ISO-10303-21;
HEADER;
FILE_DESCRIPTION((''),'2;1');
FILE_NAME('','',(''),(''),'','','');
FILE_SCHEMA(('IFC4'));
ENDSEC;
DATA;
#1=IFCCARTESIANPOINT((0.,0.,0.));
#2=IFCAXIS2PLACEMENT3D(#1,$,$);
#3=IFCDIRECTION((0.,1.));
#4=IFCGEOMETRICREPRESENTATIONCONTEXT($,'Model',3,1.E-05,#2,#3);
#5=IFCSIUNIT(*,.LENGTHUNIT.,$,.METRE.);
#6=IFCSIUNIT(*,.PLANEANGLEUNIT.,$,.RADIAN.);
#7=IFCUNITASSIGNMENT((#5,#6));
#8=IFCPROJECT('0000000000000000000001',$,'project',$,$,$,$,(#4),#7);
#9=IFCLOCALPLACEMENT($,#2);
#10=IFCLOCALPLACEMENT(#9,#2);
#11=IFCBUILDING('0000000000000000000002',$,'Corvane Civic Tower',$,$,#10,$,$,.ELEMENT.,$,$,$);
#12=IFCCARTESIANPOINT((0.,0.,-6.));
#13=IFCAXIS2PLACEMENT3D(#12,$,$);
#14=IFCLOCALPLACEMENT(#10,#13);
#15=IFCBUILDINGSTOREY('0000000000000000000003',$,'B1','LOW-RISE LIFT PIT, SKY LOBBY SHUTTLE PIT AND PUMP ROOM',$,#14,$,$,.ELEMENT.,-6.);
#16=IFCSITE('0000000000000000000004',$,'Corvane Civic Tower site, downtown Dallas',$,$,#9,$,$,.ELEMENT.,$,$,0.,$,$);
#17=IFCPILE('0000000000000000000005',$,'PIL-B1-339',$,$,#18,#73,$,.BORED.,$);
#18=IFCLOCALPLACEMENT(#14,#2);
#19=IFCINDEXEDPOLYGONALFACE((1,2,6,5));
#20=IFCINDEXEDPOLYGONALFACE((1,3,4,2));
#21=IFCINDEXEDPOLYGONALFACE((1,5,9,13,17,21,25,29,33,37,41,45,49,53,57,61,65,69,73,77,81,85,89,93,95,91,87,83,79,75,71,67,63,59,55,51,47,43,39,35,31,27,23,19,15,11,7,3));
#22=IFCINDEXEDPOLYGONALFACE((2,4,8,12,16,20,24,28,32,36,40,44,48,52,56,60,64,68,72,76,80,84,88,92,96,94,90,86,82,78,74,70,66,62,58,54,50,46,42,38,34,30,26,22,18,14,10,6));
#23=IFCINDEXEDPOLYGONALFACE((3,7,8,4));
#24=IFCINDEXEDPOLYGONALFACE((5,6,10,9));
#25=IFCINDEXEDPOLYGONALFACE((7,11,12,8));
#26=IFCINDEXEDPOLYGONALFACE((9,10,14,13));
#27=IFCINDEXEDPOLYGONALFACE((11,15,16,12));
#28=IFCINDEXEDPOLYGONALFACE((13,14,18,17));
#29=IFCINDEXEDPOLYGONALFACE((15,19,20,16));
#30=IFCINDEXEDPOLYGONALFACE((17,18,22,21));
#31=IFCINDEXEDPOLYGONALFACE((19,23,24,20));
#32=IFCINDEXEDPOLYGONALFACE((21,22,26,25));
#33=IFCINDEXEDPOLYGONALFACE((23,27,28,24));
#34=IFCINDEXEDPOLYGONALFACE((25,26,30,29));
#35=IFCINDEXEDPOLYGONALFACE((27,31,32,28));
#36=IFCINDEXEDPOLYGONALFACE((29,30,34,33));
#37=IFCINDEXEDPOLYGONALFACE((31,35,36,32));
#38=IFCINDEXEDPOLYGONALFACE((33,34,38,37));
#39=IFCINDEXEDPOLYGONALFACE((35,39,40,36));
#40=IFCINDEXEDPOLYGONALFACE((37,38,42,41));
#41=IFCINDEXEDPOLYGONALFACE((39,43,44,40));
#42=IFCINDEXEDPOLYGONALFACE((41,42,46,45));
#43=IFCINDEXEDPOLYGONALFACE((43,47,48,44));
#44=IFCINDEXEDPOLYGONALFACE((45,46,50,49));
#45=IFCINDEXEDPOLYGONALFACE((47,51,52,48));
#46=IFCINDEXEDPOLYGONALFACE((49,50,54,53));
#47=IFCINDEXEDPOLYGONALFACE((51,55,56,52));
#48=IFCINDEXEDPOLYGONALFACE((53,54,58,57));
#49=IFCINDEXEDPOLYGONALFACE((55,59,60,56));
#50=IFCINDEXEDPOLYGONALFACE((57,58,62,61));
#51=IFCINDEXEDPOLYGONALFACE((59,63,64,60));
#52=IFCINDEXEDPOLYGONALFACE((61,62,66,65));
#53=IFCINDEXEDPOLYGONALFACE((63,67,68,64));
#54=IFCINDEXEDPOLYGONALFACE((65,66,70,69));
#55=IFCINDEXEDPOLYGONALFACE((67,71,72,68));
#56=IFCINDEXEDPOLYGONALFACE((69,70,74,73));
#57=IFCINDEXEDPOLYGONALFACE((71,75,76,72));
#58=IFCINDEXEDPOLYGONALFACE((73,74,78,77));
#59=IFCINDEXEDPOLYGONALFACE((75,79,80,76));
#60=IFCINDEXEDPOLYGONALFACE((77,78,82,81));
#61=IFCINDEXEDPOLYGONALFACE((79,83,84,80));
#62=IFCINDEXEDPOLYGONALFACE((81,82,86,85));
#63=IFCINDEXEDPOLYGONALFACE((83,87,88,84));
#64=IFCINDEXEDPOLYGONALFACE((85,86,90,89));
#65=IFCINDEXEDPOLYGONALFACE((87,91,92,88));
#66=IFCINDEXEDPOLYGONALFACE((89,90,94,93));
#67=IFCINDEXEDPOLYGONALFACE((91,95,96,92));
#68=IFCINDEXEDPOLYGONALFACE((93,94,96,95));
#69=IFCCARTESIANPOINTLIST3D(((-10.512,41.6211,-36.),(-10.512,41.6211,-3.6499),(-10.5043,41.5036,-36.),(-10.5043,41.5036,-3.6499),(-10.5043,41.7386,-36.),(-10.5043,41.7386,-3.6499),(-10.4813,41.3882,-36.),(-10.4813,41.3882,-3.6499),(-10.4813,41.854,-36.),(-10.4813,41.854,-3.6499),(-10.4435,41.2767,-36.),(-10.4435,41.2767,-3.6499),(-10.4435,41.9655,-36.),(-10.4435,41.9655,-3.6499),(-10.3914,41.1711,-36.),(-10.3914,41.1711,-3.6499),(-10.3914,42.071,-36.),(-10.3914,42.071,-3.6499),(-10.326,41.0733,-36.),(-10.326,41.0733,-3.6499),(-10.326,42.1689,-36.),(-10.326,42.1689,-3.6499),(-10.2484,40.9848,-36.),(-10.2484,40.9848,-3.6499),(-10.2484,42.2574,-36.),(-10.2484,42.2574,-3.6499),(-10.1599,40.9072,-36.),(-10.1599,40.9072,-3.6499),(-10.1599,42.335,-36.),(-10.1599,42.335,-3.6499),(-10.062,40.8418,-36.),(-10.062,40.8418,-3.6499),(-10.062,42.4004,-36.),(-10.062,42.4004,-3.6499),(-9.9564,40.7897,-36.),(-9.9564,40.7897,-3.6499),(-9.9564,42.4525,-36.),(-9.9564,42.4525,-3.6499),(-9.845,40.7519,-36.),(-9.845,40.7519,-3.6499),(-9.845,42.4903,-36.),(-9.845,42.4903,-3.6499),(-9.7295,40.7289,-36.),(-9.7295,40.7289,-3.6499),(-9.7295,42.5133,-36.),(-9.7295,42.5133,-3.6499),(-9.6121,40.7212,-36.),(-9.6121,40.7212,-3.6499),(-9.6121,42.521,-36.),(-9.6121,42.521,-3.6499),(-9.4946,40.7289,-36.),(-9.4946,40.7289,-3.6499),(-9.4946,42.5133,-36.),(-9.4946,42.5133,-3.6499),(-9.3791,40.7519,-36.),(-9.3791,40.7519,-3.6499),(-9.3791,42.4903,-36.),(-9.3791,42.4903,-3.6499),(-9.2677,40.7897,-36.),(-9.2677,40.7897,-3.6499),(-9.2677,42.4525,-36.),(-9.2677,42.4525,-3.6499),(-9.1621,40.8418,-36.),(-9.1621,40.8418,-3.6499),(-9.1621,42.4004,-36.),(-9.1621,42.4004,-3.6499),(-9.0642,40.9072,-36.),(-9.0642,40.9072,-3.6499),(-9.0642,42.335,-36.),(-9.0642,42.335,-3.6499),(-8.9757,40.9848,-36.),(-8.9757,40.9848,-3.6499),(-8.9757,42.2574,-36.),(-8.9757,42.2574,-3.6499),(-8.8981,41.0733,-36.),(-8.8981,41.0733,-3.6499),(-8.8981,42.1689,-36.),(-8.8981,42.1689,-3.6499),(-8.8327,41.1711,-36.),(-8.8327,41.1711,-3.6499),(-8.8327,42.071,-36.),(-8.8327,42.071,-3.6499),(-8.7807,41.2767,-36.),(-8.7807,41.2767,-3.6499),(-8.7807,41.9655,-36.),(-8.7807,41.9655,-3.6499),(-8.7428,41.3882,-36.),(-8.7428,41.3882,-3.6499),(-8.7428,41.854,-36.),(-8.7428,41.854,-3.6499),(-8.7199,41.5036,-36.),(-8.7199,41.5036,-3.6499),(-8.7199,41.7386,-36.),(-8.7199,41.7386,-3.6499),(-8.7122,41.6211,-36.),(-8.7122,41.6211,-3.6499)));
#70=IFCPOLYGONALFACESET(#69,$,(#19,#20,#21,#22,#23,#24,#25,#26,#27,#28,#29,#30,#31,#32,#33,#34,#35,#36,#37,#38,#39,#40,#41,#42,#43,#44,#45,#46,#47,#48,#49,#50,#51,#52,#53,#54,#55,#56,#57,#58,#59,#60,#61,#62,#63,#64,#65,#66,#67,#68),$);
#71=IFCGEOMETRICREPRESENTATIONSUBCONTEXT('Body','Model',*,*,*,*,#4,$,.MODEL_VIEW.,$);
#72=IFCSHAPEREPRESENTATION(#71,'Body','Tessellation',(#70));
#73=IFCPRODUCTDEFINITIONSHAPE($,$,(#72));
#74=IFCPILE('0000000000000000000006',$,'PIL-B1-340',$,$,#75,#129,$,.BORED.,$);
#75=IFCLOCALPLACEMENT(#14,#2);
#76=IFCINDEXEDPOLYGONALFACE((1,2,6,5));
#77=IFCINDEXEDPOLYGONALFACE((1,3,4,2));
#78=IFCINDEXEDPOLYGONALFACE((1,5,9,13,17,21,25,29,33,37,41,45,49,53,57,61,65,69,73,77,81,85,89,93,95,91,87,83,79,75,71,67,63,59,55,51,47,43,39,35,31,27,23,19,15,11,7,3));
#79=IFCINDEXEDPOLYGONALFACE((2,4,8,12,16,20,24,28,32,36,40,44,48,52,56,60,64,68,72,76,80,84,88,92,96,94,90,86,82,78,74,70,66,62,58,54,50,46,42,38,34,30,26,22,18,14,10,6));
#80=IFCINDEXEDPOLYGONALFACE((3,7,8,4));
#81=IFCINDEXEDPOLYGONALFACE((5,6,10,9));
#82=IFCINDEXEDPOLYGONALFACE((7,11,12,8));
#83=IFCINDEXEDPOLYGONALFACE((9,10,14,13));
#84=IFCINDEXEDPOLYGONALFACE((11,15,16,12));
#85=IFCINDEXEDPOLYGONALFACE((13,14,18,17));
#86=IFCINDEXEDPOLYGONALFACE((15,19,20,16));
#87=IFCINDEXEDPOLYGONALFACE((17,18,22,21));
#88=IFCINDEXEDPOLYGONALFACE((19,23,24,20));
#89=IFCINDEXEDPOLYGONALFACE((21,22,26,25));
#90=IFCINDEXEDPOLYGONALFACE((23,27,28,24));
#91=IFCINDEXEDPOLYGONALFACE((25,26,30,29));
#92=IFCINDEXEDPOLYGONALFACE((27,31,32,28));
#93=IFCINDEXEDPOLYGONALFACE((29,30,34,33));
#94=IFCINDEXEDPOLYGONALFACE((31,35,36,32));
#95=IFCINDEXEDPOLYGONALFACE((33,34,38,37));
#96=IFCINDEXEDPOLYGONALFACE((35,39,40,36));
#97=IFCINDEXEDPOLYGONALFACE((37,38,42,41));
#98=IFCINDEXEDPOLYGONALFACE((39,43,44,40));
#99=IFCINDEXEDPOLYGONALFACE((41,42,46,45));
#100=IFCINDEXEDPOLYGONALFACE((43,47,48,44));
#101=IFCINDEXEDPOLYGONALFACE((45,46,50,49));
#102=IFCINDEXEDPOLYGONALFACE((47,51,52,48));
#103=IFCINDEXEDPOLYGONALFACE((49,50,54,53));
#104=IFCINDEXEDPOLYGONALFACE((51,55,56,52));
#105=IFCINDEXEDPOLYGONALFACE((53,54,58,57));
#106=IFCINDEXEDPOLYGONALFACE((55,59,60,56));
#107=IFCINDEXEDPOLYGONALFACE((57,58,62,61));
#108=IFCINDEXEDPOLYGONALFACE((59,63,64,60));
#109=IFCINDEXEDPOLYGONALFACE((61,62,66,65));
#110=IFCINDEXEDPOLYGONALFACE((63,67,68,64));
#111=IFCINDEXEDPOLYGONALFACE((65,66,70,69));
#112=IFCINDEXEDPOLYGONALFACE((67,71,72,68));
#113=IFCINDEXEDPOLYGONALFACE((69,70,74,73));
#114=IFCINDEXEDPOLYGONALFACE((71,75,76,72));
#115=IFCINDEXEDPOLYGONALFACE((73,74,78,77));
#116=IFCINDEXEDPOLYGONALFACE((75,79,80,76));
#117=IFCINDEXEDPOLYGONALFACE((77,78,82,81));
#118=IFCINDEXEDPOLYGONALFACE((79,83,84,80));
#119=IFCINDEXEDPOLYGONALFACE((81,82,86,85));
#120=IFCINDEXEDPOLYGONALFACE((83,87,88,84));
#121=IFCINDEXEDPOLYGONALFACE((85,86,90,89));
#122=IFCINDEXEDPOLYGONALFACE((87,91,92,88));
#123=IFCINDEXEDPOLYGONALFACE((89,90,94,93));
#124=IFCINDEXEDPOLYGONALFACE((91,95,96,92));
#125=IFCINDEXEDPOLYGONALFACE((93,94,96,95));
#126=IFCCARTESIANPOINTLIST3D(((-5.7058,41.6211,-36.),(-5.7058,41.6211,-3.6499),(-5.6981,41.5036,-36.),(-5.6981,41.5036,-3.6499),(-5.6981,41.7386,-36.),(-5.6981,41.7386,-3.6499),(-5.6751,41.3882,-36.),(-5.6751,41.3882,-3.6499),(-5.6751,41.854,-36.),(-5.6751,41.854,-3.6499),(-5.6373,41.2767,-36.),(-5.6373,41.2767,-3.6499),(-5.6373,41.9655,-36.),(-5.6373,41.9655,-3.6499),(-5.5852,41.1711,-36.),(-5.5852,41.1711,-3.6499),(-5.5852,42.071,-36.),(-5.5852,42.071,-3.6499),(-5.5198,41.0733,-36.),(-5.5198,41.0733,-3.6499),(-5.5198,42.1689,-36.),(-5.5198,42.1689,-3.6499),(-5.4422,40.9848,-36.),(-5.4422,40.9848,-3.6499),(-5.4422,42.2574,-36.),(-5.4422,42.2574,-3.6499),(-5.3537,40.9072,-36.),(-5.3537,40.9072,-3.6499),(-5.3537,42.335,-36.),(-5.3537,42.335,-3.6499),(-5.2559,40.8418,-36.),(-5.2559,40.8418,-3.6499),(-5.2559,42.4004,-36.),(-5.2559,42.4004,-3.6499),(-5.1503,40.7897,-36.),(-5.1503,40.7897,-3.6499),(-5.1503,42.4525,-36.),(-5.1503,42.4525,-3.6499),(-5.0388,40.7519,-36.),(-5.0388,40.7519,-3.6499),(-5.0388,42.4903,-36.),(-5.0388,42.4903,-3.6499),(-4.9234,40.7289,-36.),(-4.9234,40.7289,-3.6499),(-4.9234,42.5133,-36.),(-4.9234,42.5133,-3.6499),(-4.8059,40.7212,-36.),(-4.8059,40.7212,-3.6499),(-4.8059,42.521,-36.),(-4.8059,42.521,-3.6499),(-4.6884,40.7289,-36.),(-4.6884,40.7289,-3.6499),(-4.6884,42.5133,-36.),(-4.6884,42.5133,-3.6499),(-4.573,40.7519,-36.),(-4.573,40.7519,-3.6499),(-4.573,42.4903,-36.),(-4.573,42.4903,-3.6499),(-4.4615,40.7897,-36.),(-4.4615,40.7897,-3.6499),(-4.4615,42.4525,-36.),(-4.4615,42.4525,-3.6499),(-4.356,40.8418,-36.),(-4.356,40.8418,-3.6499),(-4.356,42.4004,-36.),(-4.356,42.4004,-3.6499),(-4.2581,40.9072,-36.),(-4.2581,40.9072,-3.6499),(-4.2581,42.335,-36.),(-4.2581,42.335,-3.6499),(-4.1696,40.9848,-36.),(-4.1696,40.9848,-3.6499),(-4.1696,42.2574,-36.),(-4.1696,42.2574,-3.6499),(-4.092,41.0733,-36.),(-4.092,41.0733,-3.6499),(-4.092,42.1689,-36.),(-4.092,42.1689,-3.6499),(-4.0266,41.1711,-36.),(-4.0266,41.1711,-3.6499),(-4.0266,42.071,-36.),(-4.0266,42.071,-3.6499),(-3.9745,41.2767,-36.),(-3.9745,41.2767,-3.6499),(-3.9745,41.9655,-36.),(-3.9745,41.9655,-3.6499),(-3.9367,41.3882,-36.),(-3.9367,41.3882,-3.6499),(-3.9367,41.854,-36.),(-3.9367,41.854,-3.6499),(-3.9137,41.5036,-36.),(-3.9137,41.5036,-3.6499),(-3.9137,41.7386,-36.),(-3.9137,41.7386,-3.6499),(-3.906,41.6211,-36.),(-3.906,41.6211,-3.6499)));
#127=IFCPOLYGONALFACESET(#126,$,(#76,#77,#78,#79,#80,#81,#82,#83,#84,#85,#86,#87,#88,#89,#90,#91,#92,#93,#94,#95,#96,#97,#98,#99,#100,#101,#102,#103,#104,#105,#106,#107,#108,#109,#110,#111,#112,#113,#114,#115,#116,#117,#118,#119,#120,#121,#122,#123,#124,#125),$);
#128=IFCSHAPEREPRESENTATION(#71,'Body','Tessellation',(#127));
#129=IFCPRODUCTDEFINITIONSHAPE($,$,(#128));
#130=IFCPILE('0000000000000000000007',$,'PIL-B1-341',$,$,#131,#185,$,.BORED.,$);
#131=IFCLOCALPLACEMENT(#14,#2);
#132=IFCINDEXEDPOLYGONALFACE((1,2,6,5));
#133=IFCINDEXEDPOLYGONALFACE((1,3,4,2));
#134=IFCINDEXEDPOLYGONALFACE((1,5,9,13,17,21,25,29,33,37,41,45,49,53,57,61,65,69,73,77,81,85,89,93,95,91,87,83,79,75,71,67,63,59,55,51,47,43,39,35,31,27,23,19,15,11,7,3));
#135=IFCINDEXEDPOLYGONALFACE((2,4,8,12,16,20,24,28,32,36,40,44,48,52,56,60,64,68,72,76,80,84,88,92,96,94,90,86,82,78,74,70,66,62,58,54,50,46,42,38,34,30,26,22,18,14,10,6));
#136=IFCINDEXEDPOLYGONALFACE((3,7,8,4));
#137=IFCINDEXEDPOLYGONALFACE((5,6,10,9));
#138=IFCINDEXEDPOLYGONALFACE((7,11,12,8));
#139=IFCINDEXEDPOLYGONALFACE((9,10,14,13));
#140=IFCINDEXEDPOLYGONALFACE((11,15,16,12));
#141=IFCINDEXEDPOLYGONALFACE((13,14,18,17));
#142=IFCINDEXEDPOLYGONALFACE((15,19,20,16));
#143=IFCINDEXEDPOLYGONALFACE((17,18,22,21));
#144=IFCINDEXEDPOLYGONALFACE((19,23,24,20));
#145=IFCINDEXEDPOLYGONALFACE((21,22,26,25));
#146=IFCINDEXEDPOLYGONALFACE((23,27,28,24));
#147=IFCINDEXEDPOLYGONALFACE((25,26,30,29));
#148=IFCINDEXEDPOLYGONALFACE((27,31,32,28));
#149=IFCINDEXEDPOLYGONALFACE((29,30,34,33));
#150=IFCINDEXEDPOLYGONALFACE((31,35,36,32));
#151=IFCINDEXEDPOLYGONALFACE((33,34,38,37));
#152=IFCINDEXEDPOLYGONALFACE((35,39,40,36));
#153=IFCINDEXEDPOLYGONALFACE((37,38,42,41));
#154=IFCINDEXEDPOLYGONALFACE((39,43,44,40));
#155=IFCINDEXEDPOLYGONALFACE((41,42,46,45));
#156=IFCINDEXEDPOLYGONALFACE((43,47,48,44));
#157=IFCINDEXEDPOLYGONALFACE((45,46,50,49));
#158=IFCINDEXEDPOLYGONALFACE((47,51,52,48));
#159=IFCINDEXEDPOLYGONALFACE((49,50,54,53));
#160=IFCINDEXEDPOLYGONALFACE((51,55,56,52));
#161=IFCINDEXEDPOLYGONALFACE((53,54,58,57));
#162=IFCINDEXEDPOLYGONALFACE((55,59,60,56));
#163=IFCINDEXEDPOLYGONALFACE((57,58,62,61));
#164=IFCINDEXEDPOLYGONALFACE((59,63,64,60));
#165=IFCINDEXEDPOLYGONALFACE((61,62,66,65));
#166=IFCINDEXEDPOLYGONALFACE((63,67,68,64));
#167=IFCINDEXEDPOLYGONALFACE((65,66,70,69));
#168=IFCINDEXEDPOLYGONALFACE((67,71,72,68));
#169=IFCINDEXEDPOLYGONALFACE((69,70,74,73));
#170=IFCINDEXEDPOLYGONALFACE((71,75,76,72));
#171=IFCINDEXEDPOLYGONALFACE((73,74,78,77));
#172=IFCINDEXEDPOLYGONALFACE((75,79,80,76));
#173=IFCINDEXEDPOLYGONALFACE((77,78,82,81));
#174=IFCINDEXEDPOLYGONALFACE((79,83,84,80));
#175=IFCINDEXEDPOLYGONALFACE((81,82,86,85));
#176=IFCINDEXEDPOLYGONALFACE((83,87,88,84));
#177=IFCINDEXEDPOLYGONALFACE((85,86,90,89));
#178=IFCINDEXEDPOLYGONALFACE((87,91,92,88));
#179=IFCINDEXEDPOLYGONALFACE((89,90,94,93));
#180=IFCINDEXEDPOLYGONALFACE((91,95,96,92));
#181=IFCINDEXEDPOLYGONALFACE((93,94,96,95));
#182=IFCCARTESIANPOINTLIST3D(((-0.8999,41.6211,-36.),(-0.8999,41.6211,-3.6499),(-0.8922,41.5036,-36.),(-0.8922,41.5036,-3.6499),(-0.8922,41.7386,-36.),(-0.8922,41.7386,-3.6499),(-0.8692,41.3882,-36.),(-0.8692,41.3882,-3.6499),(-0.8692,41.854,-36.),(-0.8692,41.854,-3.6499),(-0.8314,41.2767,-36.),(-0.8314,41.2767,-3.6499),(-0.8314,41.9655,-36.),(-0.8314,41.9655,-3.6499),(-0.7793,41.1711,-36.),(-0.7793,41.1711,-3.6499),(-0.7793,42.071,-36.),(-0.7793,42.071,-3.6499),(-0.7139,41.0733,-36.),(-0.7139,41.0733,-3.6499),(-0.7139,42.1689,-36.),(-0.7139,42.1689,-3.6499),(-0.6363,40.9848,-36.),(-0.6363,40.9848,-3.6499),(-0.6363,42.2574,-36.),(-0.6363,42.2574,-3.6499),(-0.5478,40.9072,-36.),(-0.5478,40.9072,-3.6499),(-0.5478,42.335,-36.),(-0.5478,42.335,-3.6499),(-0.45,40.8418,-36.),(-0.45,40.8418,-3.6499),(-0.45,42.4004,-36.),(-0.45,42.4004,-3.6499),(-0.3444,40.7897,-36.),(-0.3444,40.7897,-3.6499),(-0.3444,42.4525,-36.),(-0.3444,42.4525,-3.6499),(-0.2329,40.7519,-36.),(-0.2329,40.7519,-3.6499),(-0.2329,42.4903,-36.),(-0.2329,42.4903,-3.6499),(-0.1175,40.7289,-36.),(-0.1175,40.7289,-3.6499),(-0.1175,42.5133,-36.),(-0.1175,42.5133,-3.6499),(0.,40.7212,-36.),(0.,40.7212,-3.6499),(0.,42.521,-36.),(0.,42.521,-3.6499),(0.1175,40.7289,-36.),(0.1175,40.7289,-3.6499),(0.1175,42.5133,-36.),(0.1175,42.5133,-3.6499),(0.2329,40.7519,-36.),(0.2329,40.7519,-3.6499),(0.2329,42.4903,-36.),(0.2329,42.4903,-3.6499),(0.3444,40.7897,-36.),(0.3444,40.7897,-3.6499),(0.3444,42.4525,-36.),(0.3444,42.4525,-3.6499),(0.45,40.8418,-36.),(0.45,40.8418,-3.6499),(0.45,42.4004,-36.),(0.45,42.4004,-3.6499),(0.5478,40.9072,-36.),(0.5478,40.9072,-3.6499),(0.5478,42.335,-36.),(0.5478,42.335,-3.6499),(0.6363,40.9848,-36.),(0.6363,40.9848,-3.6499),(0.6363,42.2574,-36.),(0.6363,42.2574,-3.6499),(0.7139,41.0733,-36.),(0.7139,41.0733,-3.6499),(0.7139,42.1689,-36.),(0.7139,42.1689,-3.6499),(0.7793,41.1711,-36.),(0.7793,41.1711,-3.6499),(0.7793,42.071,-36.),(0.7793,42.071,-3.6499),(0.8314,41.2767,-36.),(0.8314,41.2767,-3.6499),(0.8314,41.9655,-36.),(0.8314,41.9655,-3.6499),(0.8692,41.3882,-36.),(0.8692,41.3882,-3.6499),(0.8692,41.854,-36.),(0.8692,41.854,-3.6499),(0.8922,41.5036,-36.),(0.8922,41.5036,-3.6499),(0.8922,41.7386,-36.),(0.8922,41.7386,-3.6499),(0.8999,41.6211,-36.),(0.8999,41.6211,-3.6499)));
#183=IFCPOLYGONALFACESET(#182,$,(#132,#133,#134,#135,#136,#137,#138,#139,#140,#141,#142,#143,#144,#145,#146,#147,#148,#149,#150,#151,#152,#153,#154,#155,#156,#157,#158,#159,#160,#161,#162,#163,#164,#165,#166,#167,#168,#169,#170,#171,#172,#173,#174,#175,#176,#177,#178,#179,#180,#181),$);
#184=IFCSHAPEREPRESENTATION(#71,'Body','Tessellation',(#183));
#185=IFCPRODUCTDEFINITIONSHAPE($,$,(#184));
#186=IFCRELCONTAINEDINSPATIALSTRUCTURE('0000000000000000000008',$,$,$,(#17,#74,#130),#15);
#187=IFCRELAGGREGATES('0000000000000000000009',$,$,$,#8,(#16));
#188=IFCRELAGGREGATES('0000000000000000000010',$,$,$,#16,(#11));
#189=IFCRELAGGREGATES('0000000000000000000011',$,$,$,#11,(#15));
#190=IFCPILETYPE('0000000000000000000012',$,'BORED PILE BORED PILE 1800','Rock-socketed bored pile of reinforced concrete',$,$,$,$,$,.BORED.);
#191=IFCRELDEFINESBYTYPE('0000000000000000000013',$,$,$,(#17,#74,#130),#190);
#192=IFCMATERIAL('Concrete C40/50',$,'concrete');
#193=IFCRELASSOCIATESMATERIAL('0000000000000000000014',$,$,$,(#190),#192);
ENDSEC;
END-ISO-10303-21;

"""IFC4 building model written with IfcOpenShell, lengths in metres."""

from ifc_helpers import new_model, si_unit, direction, frame, origin, origin_2d, place, context, subcontext, project, spatial, circle, extrude, material, material_profile, profile_set, type_object, element, save


model = new_model("IFC4")

# Units and contexts
model_context = context("Model", 3, precision=1e-05, world=origin(), true_north=direction((0.0, 1.0)))
body_context = subcontext(model_context, "Body", "Model", "MODEL_VIEW")
ifc_project = project(units=[si_unit("LENGTHUNIT", "METRE"), si_unit("PLANEANGLEUNIT", "RADIAN")], contexts=[model_context])

# Site, building, storey
site_placement = place(None, origin())
site = spatial("IfcSite", under=ifc_project, at=site_placement, Name="Corvane Civic Tower site, downtown Dallas", CompositionType="ELEMENT", RefElevation=0.0)
building_placement = place(site_placement, origin())
building = spatial("IfcBuilding", under=site, at=building_placement, Name="Corvane Civic Tower", CompositionType="ELEMENT")
storey_placement = place(building_placement, frame((0.0, 0.0, -6.0)))
storey = spatial("IfcBuildingStorey", under=building, at=storey_placement, Name="B1", Description="LOW-RISE LIFT PIT, SKY LOBBY SHUTTLE PIT AND PUMP ROOM", CompositionType="ELEMENT", Elevation=-6.0)

# Piles
ifc_material_1 = material(Name="Concrete C40/50", Category="concrete")
ifc_material_profile_1 = material_profile(ifc_material_1, circle(Radius=0.8999, at=origin_2d()), Name="BORED PILE 1800")
ifc_profile_set_1 = profile_set([ifc_material_profile_1], Name="Concrete C40/50")
pile_type_1 = type_object("IfcPileType", Name="BORED PILE BORED PILE 1800", Description="Rock-socketed bored pile of reinforced concrete", PredefinedType="BORED", material=ifc_profile_set_1)
for number, where, z_axis, x_axis, name in (
    (1, (-9.6121, 41.6211, -3.6499), (0.0, 0.0, -1.0), (1.0, 0.0, 0.0), "PIL-B1-339"),
    (2, (-4.8059, 41.6211, -3.6499), (0.0, 0.0, -1.0), (1.0, 0.0, 0.0), "PIL-B1-340"),
    (3, (0.0, 41.6211, -3.6499), (0.0, 0.0, -1.0), (1.0, 0.0, 0.0), "PIL-B1-341"),
):
    element("IfcPile", number, at=place(storey_placement, frame(where, z_axis=z_axis, x_axis=x_axis)), inside=storey, type_object=pile_type_1, Name=name, PredefinedType="BORED", context=body_context, shape_type="SweptSolid", body=[
        extrude(circle(Radius=0.8999, at=origin_2d()), origin(), (0.0, 0.0, 1.0), 32.3501),
    ])

save(model, "model.ifc")
